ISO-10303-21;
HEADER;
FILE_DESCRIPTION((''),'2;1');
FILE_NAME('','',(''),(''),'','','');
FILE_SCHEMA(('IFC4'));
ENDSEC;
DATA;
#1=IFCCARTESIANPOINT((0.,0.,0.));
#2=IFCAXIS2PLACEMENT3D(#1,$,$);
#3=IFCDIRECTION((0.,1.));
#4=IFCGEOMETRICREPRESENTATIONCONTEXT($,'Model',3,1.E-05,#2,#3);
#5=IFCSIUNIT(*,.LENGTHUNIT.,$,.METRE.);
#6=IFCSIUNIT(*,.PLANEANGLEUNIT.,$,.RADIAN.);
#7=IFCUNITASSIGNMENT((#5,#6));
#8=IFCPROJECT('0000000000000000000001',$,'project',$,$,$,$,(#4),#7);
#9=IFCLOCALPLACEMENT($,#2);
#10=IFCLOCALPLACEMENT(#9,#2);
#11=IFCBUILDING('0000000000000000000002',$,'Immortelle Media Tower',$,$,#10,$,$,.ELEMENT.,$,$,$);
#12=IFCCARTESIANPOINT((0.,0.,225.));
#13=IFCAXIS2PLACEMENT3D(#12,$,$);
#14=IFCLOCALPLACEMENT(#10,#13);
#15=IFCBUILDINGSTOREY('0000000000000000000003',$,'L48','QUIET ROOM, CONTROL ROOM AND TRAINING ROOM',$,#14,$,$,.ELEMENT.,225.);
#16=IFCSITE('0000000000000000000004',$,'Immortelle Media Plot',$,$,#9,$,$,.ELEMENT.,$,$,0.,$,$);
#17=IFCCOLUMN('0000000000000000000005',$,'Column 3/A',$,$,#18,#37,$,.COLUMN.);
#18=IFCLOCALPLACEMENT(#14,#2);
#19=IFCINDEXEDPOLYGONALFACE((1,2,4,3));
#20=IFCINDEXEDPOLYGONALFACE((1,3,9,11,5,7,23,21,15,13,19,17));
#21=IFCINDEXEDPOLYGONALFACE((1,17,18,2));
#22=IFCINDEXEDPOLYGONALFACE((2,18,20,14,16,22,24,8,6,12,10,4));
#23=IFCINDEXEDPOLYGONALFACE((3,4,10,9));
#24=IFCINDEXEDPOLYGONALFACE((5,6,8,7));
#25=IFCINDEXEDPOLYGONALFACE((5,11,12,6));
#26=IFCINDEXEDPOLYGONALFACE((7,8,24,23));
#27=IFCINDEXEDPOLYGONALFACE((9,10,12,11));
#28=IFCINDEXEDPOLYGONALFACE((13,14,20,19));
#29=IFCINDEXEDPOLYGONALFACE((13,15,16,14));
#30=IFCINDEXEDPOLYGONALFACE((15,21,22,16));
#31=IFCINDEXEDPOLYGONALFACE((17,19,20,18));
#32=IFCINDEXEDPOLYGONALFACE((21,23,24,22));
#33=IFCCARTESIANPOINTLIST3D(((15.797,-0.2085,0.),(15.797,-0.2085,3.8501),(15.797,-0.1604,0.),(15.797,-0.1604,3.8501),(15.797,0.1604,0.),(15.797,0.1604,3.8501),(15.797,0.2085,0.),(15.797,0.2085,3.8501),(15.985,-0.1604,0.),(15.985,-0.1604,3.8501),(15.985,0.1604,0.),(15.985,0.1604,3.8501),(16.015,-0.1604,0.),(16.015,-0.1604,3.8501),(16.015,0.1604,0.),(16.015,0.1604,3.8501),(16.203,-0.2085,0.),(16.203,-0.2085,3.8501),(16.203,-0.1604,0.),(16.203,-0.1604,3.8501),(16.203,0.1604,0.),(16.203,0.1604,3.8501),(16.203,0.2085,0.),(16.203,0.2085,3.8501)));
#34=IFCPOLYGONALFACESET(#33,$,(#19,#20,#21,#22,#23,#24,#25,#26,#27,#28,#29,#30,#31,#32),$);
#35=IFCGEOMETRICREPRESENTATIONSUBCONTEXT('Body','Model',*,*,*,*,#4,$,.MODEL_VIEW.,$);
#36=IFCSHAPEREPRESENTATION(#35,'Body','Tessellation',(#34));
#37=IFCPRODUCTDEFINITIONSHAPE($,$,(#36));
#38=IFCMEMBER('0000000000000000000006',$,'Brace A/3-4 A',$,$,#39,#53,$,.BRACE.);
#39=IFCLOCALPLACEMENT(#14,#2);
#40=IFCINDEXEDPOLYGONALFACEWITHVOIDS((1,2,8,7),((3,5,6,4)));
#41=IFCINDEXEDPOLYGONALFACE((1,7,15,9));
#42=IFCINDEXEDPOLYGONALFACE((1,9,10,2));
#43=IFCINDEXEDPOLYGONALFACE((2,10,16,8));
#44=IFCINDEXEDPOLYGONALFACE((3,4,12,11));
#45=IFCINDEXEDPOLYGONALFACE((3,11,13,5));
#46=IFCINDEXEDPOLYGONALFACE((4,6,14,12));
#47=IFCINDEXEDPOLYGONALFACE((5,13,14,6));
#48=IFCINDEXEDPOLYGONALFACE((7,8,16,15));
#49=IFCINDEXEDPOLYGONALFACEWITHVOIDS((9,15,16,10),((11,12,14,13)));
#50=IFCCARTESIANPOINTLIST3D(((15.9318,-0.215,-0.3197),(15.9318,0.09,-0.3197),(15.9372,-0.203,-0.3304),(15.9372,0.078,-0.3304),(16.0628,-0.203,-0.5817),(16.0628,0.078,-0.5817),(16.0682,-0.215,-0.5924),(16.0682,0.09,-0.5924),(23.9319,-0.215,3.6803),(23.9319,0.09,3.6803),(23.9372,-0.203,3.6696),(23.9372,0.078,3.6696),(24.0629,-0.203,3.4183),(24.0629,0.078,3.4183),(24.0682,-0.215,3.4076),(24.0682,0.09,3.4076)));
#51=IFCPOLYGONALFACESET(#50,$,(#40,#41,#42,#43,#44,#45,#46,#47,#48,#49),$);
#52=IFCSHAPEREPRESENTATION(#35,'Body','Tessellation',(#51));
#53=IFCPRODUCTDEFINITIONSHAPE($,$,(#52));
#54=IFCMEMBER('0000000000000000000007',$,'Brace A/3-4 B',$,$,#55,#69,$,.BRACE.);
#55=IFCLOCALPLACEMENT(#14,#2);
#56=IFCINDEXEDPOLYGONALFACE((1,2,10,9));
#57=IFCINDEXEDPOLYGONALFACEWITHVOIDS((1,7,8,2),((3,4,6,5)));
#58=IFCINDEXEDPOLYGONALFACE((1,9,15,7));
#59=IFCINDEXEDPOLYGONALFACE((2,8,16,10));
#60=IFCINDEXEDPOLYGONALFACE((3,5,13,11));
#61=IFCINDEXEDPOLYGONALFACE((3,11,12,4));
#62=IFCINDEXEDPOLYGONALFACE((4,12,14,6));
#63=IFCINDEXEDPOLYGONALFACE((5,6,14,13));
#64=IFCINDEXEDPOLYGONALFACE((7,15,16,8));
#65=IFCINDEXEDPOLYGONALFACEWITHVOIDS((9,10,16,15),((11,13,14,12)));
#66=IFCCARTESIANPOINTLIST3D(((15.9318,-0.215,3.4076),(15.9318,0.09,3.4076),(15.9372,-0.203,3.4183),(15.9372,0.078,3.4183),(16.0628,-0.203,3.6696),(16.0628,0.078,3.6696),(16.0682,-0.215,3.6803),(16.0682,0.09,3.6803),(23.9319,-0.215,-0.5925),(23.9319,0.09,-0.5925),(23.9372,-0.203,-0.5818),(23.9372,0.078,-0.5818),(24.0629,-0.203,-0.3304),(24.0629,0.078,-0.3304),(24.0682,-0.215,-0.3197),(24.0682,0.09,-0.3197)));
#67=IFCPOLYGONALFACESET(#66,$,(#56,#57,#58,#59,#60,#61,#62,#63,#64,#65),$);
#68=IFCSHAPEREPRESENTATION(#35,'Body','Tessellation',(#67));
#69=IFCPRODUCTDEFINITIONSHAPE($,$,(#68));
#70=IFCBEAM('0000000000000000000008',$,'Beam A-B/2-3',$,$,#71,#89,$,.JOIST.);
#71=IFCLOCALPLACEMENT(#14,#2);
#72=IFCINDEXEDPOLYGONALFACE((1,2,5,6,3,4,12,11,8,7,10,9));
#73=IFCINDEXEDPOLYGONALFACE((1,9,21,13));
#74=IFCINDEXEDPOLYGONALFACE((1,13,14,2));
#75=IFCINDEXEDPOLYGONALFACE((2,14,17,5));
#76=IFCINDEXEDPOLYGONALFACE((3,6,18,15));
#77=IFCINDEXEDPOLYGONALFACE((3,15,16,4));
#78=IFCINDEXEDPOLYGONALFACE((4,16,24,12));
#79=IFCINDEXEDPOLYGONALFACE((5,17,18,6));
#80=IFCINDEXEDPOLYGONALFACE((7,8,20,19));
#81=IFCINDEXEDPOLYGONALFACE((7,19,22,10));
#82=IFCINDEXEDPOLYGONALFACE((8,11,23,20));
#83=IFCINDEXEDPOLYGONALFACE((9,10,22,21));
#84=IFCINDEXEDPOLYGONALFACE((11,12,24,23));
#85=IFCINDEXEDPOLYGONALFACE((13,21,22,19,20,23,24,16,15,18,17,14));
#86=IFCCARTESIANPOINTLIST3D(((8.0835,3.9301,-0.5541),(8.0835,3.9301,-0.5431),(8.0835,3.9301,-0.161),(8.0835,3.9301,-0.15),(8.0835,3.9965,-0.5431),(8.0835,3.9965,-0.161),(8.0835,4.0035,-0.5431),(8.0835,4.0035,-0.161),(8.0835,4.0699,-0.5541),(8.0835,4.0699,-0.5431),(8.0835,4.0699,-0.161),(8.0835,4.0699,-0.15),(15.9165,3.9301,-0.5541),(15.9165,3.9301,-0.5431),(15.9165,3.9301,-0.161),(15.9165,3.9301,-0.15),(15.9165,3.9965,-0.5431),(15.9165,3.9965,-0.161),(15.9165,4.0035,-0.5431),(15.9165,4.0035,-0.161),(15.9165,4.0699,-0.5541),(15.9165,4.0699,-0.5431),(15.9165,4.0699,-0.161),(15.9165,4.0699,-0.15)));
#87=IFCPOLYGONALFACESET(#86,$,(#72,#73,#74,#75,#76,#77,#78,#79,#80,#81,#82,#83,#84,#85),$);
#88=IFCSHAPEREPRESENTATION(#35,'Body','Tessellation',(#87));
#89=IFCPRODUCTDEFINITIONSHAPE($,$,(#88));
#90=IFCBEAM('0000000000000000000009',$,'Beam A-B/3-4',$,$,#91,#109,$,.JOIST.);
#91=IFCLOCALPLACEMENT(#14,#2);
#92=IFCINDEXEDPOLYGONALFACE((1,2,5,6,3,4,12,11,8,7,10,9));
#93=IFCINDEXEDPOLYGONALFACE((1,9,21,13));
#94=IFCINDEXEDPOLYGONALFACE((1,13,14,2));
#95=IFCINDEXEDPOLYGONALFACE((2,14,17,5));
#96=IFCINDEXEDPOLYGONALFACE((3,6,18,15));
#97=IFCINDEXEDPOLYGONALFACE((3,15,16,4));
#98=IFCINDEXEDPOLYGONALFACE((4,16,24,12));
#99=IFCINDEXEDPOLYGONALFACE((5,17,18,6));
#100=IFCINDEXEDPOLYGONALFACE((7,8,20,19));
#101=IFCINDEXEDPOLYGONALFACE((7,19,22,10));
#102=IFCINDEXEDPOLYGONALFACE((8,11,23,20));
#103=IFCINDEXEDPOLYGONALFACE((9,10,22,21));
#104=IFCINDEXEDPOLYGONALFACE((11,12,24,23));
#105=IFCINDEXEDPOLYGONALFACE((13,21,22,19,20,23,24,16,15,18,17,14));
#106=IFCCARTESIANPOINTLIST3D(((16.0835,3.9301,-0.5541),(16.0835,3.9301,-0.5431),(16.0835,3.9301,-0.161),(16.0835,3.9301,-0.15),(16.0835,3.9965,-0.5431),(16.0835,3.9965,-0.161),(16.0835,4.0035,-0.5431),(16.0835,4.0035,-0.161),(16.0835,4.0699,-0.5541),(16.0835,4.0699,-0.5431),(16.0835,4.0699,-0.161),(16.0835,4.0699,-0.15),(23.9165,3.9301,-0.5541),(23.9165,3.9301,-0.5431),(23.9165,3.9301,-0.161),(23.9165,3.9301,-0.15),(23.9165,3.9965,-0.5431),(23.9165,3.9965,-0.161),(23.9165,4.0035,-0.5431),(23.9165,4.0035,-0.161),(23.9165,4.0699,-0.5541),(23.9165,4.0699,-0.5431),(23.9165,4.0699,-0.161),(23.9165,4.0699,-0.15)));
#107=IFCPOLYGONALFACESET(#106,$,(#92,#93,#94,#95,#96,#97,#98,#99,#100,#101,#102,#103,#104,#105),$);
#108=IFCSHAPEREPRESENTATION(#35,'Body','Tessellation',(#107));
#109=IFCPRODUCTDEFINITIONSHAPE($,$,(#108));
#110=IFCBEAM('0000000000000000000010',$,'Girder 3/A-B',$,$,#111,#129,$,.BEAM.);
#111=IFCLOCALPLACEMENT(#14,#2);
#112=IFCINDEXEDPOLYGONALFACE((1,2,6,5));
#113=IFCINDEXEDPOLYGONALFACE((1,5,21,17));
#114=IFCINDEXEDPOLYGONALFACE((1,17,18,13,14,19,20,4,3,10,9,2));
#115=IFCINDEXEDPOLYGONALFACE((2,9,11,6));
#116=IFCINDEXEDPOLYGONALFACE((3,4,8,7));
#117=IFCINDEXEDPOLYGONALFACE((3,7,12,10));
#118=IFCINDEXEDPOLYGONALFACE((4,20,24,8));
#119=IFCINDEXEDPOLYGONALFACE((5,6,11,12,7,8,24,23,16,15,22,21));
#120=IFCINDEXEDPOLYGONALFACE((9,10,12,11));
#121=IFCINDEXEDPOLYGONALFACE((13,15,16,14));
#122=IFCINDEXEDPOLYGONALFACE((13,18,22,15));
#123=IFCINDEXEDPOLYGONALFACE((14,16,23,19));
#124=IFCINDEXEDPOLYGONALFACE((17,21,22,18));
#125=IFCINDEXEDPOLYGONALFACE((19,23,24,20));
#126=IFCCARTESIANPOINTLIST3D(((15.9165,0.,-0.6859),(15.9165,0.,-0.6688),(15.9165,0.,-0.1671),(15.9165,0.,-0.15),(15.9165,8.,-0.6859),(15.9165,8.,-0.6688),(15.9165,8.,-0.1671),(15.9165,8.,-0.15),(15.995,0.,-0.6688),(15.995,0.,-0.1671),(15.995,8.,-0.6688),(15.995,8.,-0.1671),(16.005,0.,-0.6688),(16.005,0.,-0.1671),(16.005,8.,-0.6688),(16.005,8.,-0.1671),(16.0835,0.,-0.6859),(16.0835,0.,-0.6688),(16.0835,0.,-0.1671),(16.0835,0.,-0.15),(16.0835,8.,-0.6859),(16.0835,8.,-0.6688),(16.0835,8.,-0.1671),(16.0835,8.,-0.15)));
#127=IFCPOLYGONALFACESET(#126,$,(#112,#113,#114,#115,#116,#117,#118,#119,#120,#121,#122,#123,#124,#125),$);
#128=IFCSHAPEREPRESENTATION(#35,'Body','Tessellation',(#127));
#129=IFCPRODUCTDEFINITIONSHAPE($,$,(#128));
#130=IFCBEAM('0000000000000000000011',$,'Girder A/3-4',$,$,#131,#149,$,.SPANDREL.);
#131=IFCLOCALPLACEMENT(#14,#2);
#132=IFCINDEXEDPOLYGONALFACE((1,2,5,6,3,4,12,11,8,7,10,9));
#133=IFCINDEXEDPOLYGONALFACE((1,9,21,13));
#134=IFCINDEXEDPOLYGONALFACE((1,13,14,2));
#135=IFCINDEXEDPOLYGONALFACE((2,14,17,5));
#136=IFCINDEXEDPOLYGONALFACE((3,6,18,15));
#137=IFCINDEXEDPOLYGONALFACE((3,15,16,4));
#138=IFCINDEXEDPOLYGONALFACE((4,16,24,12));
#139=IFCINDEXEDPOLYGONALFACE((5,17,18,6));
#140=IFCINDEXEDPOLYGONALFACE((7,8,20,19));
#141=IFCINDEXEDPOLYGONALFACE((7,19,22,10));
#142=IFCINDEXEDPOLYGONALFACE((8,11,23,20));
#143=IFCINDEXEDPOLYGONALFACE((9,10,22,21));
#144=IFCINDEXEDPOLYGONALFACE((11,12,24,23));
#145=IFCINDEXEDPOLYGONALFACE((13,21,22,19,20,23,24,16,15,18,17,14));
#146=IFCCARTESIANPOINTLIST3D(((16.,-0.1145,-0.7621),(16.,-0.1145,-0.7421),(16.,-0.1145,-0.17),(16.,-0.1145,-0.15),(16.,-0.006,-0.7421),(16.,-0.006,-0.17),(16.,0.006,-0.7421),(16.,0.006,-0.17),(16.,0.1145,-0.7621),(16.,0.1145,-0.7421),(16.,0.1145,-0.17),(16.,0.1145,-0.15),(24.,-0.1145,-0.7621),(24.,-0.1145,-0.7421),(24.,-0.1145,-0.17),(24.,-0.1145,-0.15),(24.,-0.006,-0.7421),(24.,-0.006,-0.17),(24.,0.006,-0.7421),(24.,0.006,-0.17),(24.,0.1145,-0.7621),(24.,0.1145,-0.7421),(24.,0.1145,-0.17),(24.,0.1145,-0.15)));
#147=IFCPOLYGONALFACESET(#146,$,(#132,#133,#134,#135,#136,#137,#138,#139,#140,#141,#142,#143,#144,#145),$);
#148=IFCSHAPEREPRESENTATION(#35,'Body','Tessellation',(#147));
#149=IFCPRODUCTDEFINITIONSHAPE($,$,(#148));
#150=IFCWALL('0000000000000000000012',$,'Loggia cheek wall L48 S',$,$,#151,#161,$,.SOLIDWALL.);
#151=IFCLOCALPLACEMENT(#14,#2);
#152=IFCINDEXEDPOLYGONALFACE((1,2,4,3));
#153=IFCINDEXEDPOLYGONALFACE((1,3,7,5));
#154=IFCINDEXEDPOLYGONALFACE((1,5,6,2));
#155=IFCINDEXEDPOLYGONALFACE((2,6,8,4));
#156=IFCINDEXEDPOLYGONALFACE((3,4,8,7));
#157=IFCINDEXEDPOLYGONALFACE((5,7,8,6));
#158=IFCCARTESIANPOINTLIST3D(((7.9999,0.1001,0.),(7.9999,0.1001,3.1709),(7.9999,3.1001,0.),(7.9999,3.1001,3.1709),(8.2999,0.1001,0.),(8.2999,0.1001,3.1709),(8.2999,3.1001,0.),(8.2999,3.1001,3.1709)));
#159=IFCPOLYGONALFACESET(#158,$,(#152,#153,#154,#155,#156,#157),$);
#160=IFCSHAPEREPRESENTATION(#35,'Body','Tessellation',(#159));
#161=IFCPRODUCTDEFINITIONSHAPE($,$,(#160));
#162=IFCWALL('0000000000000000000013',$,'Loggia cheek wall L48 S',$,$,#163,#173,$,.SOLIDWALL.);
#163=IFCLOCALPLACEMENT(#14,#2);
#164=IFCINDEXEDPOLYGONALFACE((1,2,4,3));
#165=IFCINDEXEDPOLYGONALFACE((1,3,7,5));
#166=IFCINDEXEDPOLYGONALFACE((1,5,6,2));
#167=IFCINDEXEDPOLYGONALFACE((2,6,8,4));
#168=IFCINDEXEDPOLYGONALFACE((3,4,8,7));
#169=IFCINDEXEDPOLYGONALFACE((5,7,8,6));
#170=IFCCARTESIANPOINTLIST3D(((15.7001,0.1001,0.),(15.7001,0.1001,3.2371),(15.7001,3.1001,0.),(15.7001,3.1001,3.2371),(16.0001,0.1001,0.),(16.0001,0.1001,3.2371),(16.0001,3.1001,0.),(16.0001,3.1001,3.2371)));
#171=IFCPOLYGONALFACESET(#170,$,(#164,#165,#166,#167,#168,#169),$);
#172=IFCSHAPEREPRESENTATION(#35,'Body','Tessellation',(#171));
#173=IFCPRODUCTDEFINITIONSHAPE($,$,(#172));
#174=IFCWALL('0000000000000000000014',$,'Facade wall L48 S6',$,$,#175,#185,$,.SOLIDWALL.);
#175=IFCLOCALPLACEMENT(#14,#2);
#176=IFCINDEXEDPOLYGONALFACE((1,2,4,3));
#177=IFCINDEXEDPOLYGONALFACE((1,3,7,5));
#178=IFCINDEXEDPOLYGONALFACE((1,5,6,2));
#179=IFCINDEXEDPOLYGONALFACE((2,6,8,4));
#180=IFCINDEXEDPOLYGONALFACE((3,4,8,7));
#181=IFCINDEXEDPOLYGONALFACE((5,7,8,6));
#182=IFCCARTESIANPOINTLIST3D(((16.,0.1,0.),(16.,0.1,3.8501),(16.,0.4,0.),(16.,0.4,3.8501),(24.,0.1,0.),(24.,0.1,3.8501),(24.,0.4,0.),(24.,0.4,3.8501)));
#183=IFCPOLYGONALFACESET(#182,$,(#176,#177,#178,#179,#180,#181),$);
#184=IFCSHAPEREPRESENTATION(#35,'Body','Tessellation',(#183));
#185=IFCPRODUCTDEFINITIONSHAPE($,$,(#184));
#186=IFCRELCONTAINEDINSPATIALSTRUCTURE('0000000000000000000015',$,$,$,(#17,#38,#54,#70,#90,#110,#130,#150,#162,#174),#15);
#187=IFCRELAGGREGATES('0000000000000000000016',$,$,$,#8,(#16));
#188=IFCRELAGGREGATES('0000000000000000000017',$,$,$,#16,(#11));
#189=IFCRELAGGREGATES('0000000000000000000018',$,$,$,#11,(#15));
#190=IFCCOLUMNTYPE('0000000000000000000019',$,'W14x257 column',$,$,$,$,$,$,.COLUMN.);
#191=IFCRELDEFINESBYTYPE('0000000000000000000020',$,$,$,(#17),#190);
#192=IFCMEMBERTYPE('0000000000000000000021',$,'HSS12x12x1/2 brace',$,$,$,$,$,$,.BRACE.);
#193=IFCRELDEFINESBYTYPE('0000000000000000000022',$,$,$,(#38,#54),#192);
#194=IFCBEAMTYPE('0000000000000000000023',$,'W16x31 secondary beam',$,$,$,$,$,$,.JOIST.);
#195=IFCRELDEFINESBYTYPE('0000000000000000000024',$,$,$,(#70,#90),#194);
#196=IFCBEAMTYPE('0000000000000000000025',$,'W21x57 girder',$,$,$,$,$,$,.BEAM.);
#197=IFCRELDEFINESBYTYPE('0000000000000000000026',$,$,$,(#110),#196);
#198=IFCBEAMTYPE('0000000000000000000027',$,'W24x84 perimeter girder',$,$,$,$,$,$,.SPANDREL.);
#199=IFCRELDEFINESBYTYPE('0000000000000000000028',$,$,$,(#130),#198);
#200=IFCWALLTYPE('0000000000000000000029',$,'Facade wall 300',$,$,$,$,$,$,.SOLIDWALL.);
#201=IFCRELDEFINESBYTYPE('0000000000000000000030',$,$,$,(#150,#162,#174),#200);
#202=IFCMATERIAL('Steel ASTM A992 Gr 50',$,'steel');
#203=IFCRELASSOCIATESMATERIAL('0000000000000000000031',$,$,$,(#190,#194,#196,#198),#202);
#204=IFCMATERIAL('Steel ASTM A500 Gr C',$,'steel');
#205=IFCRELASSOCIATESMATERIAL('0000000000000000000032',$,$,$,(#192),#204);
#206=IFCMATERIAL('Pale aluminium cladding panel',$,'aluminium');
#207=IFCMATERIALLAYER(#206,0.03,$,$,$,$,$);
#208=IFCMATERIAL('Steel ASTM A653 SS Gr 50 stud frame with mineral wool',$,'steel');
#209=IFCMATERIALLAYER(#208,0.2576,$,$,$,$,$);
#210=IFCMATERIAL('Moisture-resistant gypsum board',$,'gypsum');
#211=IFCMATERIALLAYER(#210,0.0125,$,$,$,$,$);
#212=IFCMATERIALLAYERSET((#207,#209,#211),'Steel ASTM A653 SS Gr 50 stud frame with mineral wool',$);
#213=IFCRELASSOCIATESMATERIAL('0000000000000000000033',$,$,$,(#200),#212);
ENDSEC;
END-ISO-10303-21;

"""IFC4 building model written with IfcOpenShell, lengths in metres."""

from ifc_helpers import new_model, si_unit, direction, frame, frame_2d, origin, origin_2d, place, context, subcontext, project, spatial, rectangle, hollow_rectangle, i_section, extrude, material, layer, layer_set, material_profile, profile_set, type_object, element, save


model = new_model("IFC4")

# Units and contexts
model_context = context("Model", 3, precision=1e-05, world=origin(), true_north=direction((0.0, 1.0)))
body_context = subcontext(model_context, "Body", "Model", "MODEL_VIEW")
ifc_project = project(units=[si_unit("LENGTHUNIT", "METRE"), si_unit("PLANEANGLEUNIT", "RADIAN")], contexts=[model_context])

# Site, building, storey
site_placement = place(None, origin())
site = spatial("IfcSite", under=ifc_project, at=site_placement, Name="Immortelle Media Plot", CompositionType="ELEMENT", RefElevation=0.0)
building_placement = place(site_placement, origin())
building = spatial("IfcBuilding", under=site, at=building_placement, Name="Immortelle Media Tower", CompositionType="ELEMENT")
storey_placement = place(building_placement, frame((0.0, 0.0, 225.0)))
storey = spatial("IfcBuildingStorey", under=building, at=storey_placement, Name="L48", Description="QUIET ROOM, CONTROL ROOM AND TRAINING ROOM", CompositionType="ELEMENT", Elevation=225.0)

# Column
ifc_material_1 = material(Name="Steel ASTM A992 Gr 50", Category="steel")
ifc_material_profile_1 = material_profile(ifc_material_1, i_section(OverallWidth=0.406, OverallDepth=0.417, WebThickness=0.03, FlangeThickness=0.0481, at=origin_2d()), Name="W14x257")
ifc_profile_set_1 = profile_set([ifc_material_profile_1], Name="Steel ASTM A992 Gr 50")
column_type = type_object("IfcColumnType", Name="W14x257 column", PredefinedType="COLUMN", material=ifc_profile_set_1)
column_placement = place(storey_placement, frame((16.0, 0.0, 0.0), z_axis=(0.0, 0.0, 1.0), x_axis=(1.0, 0.0, 0.0)))
element("IfcColumn", 1, at=column_placement, inside=storey, type_object=column_type, Name="Column 3/A", PredefinedType="COLUMN", context=body_context, shape_type="SweptSolid", body=[
    extrude(i_section(OverallWidth=0.406, OverallDepth=0.417, WebThickness=0.03, FlangeThickness=0.0481, at=origin_2d()), origin(), (0.0, 0.0, 1.0), 3.8501),
])

# Members
ifc_material_2 = material(Name="Steel ASTM A500 Gr C", Category="steel")
ifc_material_profile_2 = material_profile(ifc_material_2, hollow_rectangle(XDim=0.3049, YDim=0.3049, WallThickness=0.012, at=origin_2d()), Name="HSS12x12x1/2 brace")
ifc_profile_set_2 = profile_set([ifc_material_profile_2], Name="Steel ASTM A500 Gr C")
member_type = type_object("IfcMemberType", Name="HSS12x12x1/2 brace", PredefinedType="BRACE", material=ifc_profile_set_2)
for number, where, z_axis, x_axis, name in (
    (2, (16.0, -0.0625, -0.4561), (0.894427, 0.0, 0.447214), (0.0, 1.0, 0.0), "Brace A/3-4 A"),
    (3, (16.0, -0.0625, 3.5439), (0.894427, 0.0, -0.447214), (0.0, 1.0, 0.0), "Brace A/3-4 B"),
):
    element("IfcMember", number, at=place(storey_placement, frame(where, z_axis=z_axis, x_axis=x_axis)), inside=storey, type_object=member_type, Name=name, PredefinedType="BRACE", context=body_context, shape_type="SweptSolid", body=[
        extrude(hollow_rectangle(XDim=0.3049, YDim=0.3049, WallThickness=0.012, at=origin_2d()), origin(), (0.0, 0.0, 1.0), 8.9443),
    ])

# Beams
ifc_material_profile_3 = material_profile(ifc_material_1, i_section(OverallWidth=0.1399, OverallDepth=0.4041, WebThickness=0.0071, FlangeThickness=0.011, at=origin_2d()), Name="W16x31")
ifc_profile_set_3 = profile_set([ifc_material_profile_3], Name="Steel ASTM A992 Gr 50")
beam_type_1 = type_object("IfcBeamType", Name="W16x31 secondary beam", PredefinedType="JOIST", material=ifc_profile_set_3)
for number, where, z_axis, x_axis, name in (
    (4, (8.0835, 4.0, -0.3521), (1.0, 0.0, 0.0), (0.0, 1.0, 0.0), "Beam A-B/2-3"),
    (5, (16.0835, 4.0, -0.3521), (1.0, 0.0, 0.0), (0.0, 1.0, 0.0), "Beam A-B/3-4"),
):
    element("IfcBeam", number, at=place(storey_placement, frame(where, z_axis=z_axis, x_axis=x_axis)), inside=storey, type_object=beam_type_1, Name=name, PredefinedType="JOIST", context=body_context, shape_type="SweptSolid", body=[
        extrude(i_section(OverallWidth=0.1399, OverallDepth=0.4041, WebThickness=0.0071, FlangeThickness=0.011, at=origin_2d()), origin(), (0.0, 0.0, 1.0), 7.833),
    ])
ifc_material_profile_4 = material_profile(ifc_material_1, i_section(OverallWidth=0.167, OverallDepth=0.5359, WebThickness=0.01, FlangeThickness=0.0171, at=origin_2d()), Name="W21x57")
ifc_profile_set_4 = profile_set([ifc_material_profile_4], Name="Steel ASTM A992 Gr 50")
beam_type_2 = type_object("IfcBeamType", Name="W21x57 girder", PredefinedType="BEAM", material=ifc_profile_set_4)
beam_1_placement = place(storey_placement, frame((16.0, 0.0, -0.418), z_axis=(0.0, 1.0, 0.0), x_axis=(-1.0, 0.0, 0.0)))
element("IfcBeam", 6, at=beam_1_placement, inside=storey, type_object=beam_type_2, Name="Girder 3/A-B", PredefinedType="BEAM", context=body_context, shape_type="SweptSolid", body=[
    extrude(i_section(OverallWidth=0.167, OverallDepth=0.5359, WebThickness=0.01, FlangeThickness=0.0171, at=origin_2d()), origin(), (0.0, 0.0, 1.0), 8.0),
])
ifc_material_profile_5 = material_profile(ifc_material_1, i_section(OverallWidth=0.229, OverallDepth=0.6121, WebThickness=0.012, FlangeThickness=0.02, at=origin_2d()), Name="W24x84")
ifc_profile_set_5 = profile_set([ifc_material_profile_5], Name="Steel ASTM A992 Gr 50")
beam_type_3 = type_object("IfcBeamType", Name="W24x84 perimeter girder", PredefinedType="SPANDREL", material=ifc_profile_set_5)
beam_2_placement = place(storey_placement, frame((16.0, 0.0, -0.4561), z_axis=(1.0, 0.0, 0.0), x_axis=(0.0, 1.0, 0.0)))
element("IfcBeam", 7, at=beam_2_placement, inside=storey, type_object=beam_type_3, Name="Girder A/3-4", PredefinedType="SPANDREL", context=body_context, shape_type="SweptSolid", body=[
    extrude(i_section(OverallWidth=0.229, OverallDepth=0.6121, WebThickness=0.012, FlangeThickness=0.02, at=origin_2d()), origin(), (0.0, 0.0, 1.0), 8.0),
])

# Shared definitions
ifc_material_3 = material(Name="Pale aluminium cladding panel", Category="aluminium")
ifc_layer_1 = layer(ifc_material_3, 0.03)
ifc_material_4 = material(Name="Steel ASTM A653 SS Gr 50 stud frame with mineral wool", Category="steel")
ifc_layer_2 = layer(ifc_material_4, 0.2576)
ifc_material_5 = material(Name="Moisture-resistant gypsum board", Category="gypsum")
ifc_layer_3 = layer(ifc_material_5, 0.0125)
ifc_layer_set_1 = layer_set([ifc_layer_1, ifc_layer_2, ifc_layer_3], Name="Steel ASTM A653 SS Gr 50 stud frame with mineral wool")
wall_type_1 = type_object("IfcWallType", Name="Facade wall 300", PredefinedType="SOLIDWALL", material=ifc_layer_set_1)

# Walls
wall_1_placement = place(storey_placement, frame((8.1499, 0.1001, 0.0), z_axis=(0.0, 0.0, 1.0), x_axis=(0.0, 1.0, 0.0)))
element("IfcWall", 8, at=wall_1_placement, inside=storey, type_object=wall_type_1, Name="Loggia cheek wall L48 S", PredefinedType="SOLIDWALL", context=body_context, shape_type="SweptSolid", body=[
    extrude(rectangle(XDim=3.0, YDim=0.3, at=frame_2d((1.5, 0.0))), origin(), (0.0, 0.0, 1.0), 3.1709),
])
wall_2_placement = place(storey_placement, frame((15.8501, 0.1001, 0.0), z_axis=(0.0, 0.0, 1.0), x_axis=(0.0, 1.0, 0.0)))
element("IfcWall", 9, at=wall_2_placement, inside=storey, type_object=wall_type_1, Name="Loggia cheek wall L48 S", PredefinedType="SOLIDWALL", context=body_context, shape_type="SweptSolid", body=[
    extrude(rectangle(XDim=3.0, YDim=0.3, at=frame_2d((1.5, 0.0))), origin(), (0.0, 0.0, 1.0), 3.2371),
])
wall_3_placement = place(storey_placement, frame((16.0, 0.25, 0.0), z_axis=(0.0, 0.0, 1.0), x_axis=(1.0, 0.0, 0.0)))
element("IfcWall", 10, at=wall_3_placement, inside=storey, type_object=wall_type_1, Name="Facade wall L48 S6", PredefinedType="SOLIDWALL", context=body_context, shape_type="SweptSolid", body=[
    extrude(rectangle(XDim=8.0, YDim=0.3, at=frame_2d((4.0, 0.0))), origin(), (0.0, 0.0, 1.0), 3.8501),
])

save(model, "model.ifc")
